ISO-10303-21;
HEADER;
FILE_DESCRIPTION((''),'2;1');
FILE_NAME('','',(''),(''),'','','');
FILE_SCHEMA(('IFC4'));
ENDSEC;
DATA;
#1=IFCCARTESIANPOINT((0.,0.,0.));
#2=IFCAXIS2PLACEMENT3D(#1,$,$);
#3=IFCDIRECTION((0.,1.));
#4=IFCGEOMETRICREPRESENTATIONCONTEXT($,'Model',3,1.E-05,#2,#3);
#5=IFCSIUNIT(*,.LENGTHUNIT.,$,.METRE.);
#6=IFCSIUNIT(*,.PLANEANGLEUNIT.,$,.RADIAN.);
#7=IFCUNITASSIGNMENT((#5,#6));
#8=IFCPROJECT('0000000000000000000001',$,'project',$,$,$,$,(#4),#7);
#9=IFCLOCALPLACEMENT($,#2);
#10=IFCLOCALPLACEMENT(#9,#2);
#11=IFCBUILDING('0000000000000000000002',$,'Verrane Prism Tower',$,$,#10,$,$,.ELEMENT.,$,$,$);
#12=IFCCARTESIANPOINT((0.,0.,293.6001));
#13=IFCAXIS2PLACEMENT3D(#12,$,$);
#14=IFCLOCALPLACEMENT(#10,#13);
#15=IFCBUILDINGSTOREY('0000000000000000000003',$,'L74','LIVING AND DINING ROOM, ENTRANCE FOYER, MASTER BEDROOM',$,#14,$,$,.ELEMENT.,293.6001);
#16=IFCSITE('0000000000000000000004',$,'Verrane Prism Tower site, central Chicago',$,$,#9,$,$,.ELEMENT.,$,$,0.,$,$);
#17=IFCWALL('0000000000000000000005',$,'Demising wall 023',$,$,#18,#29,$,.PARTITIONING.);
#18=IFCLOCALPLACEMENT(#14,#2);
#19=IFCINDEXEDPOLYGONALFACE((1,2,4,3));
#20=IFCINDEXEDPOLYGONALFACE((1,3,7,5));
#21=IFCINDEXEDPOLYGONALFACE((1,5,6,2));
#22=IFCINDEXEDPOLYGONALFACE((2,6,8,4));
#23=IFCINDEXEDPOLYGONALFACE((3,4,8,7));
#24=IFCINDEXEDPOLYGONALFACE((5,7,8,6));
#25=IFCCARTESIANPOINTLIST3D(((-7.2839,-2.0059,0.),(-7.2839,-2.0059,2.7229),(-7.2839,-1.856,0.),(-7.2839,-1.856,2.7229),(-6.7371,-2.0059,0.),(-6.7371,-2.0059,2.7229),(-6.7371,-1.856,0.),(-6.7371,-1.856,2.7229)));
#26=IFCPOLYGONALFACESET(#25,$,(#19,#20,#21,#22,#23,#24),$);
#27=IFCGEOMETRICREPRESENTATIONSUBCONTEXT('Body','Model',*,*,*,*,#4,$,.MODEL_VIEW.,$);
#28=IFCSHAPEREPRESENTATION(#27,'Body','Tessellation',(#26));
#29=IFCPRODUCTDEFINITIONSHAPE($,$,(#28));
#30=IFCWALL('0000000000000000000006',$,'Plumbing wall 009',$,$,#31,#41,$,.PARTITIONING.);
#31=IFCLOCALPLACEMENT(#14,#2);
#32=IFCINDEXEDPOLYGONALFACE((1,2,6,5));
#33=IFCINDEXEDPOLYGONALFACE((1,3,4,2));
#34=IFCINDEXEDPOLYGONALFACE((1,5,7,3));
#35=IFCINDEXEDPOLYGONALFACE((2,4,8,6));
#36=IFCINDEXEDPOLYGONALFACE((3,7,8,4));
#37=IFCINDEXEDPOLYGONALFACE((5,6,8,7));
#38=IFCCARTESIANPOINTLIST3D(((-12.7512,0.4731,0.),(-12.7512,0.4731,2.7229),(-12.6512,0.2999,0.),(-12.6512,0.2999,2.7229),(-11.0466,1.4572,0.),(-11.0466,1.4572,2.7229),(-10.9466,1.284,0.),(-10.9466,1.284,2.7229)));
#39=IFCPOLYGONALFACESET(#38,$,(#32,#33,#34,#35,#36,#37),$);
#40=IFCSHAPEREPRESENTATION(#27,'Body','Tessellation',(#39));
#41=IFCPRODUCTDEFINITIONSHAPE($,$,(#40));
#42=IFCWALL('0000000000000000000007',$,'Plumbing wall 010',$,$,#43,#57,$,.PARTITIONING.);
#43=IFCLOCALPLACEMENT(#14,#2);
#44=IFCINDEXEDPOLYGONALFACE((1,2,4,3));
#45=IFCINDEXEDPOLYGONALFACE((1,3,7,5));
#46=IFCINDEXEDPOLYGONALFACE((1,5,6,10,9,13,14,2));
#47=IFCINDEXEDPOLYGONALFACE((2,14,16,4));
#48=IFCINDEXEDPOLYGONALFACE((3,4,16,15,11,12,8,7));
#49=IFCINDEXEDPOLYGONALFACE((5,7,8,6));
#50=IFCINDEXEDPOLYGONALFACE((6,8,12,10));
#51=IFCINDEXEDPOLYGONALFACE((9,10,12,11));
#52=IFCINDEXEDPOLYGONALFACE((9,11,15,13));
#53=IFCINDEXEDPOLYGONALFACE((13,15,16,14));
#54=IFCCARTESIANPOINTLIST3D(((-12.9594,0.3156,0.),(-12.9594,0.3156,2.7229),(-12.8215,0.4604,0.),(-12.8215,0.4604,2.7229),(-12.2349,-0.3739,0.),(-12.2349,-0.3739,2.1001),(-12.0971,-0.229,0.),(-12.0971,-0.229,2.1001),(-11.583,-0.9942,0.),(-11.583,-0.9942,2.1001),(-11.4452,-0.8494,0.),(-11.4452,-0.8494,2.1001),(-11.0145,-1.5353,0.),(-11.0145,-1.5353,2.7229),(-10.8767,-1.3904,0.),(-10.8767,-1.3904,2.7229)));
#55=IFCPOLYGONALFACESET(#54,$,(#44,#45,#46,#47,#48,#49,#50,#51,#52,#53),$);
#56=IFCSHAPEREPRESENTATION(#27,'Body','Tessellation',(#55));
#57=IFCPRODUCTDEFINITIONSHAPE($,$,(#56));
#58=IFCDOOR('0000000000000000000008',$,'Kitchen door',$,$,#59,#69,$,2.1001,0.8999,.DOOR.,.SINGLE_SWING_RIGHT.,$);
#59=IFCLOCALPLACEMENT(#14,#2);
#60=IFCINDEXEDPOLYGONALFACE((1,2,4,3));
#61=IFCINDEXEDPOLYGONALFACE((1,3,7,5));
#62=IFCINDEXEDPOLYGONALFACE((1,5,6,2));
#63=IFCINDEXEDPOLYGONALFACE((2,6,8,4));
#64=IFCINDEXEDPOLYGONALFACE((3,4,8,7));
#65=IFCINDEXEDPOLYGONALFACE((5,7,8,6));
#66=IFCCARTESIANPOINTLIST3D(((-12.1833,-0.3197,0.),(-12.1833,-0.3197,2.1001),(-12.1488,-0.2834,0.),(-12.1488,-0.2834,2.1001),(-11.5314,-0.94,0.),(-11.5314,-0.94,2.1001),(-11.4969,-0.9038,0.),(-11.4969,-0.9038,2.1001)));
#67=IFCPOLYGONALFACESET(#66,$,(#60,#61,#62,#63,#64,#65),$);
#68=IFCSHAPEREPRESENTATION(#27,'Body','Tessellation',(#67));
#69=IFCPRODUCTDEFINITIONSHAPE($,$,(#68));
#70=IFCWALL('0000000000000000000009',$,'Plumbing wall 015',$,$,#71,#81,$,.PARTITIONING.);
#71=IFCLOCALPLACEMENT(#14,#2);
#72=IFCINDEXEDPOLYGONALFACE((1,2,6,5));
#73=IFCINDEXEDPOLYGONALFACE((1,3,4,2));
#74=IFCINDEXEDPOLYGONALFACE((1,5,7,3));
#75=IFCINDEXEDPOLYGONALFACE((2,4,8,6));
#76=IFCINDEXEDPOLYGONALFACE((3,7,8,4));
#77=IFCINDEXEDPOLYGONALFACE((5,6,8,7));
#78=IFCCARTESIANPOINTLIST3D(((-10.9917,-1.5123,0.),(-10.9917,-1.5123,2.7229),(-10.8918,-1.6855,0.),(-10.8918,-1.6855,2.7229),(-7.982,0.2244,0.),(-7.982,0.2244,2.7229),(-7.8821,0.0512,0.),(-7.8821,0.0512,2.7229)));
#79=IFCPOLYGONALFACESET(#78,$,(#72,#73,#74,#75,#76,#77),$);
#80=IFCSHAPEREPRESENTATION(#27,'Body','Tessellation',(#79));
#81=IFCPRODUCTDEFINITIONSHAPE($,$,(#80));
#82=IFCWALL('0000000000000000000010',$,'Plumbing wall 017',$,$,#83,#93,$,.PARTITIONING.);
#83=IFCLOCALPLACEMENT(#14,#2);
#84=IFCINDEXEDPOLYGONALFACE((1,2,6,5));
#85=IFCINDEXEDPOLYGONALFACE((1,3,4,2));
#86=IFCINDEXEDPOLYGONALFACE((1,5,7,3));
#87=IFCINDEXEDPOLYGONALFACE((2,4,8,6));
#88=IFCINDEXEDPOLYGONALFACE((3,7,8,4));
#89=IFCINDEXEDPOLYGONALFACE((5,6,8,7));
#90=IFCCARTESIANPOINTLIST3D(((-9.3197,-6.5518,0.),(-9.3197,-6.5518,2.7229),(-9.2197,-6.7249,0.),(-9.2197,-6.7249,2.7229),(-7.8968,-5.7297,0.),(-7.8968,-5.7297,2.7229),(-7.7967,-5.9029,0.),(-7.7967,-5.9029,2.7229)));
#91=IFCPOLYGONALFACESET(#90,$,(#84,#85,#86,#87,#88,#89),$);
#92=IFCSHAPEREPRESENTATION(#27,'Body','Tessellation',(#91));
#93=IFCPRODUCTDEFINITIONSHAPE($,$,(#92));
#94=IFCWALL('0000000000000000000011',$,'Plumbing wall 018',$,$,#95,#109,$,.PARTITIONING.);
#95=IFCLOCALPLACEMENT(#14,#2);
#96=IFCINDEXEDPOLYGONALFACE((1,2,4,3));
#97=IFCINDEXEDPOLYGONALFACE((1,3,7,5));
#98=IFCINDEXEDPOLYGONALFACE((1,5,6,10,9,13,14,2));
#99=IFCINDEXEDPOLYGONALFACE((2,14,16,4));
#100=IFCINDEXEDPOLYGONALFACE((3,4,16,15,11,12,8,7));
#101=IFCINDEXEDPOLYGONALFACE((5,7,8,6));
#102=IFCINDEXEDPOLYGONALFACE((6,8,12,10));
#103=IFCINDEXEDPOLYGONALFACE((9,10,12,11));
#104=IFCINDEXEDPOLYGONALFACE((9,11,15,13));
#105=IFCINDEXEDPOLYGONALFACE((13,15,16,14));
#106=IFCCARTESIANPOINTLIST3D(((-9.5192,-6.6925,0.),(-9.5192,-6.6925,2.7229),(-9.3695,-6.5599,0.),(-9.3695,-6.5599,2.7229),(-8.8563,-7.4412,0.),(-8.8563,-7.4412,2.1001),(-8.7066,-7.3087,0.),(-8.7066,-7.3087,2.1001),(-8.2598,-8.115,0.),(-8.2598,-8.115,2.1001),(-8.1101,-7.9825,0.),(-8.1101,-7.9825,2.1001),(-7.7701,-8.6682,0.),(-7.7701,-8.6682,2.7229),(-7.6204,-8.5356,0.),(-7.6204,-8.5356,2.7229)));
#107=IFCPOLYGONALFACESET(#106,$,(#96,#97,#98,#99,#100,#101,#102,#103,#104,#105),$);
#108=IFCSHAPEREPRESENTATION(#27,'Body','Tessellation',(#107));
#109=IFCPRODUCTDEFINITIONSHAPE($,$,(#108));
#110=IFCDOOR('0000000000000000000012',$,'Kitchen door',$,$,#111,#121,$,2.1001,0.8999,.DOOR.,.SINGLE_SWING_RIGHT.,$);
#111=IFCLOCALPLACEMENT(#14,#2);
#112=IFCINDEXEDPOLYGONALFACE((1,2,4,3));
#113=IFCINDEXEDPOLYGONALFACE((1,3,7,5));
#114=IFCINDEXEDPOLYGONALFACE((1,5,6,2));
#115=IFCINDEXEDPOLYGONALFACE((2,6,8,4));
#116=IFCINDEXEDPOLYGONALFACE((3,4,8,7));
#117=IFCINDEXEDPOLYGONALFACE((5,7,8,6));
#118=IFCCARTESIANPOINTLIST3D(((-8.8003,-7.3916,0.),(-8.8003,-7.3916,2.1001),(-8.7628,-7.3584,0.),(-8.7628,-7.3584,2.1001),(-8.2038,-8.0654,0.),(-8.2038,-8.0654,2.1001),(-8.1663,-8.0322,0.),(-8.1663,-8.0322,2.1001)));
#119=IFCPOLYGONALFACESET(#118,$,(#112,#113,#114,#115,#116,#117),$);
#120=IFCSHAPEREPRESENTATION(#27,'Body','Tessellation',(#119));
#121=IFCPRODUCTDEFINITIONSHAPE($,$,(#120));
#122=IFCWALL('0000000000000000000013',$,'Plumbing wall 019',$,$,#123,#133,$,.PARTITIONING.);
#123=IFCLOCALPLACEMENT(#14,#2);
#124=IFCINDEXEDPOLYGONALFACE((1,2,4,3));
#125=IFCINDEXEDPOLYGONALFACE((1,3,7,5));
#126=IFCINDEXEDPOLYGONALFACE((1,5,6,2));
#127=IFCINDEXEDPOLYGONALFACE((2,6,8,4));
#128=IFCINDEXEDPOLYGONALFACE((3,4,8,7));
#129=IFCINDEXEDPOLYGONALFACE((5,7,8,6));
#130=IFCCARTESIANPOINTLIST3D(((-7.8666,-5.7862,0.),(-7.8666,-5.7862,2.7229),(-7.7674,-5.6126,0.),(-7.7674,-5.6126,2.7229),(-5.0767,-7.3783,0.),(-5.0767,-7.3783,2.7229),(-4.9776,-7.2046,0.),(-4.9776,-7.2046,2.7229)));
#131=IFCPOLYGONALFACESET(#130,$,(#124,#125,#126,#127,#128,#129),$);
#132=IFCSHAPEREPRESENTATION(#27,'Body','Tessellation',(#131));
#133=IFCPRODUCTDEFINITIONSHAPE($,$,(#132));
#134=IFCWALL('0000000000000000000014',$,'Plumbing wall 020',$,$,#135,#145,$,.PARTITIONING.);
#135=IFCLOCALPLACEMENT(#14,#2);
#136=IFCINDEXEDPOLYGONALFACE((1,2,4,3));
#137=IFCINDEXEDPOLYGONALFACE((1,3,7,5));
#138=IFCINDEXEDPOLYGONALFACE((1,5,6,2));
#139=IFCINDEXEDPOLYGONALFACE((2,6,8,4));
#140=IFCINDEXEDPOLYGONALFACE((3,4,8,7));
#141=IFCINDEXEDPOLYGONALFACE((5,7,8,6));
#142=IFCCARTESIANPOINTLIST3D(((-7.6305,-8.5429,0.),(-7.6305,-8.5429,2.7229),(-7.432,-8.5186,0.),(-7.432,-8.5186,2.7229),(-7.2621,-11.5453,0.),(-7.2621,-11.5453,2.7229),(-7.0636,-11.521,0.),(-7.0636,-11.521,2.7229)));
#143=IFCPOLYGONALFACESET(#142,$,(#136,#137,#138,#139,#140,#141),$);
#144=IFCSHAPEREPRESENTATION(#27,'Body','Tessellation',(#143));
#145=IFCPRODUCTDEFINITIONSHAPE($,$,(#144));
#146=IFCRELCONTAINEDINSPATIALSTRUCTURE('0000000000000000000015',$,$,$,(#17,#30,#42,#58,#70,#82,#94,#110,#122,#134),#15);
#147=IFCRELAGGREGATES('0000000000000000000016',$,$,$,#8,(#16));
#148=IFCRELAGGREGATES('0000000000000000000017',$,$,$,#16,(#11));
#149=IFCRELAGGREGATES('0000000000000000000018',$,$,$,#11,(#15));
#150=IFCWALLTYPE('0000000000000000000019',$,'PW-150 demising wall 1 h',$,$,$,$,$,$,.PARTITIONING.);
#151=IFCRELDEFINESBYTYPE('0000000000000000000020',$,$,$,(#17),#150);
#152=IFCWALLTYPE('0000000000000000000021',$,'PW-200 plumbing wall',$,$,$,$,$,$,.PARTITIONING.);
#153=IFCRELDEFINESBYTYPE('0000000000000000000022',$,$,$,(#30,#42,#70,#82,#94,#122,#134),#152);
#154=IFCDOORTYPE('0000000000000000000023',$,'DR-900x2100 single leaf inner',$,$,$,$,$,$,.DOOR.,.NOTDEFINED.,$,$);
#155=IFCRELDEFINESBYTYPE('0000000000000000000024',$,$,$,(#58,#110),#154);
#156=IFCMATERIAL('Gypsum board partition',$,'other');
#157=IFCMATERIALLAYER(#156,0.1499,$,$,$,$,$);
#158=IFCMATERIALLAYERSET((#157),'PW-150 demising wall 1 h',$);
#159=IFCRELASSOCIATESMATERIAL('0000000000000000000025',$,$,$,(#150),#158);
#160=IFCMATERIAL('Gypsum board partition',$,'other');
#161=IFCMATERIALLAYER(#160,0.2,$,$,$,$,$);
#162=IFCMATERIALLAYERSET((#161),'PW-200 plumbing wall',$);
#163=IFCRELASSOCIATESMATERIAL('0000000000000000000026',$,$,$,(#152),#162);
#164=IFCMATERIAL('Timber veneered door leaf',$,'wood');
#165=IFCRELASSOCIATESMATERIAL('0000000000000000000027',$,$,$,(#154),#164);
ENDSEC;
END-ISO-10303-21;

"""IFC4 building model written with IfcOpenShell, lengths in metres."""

from ifc_helpers import new_model, si_unit, direction, frame, frame_2d, origin, place, context, subcontext, project, spatial, rectangle, extrude, material, layer, layer_set, type_object, element, fill, save


model = new_model("IFC4")

# Units and contexts
model_context = context("Model", 3, precision=1e-05, world=origin(), true_north=direction((0.0, 1.0)))
body_context = subcontext(model_context, "Body", "Model", "MODEL_VIEW")
ifc_project = project(units=[si_unit("LENGTHUNIT", "METRE"), si_unit("PLANEANGLEUNIT", "RADIAN")], contexts=[model_context])

# Site, building, storey
site_placement = place(None, origin())
site = spatial("IfcSite", under=ifc_project, at=site_placement, Name="Verrane Prism Tower site, central Chicago", CompositionType="ELEMENT", RefElevation=0.0)
building_placement = place(site_placement, origin())
building = spatial("IfcBuilding", under=site, at=building_placement, Name="Verrane Prism Tower", CompositionType="ELEMENT")
storey_placement = place(building_placement, frame((0.0, 0.0, 293.6001)))
storey = spatial("IfcBuildingStorey", under=building, at=storey_placement, Name="L74", Description="LIVING AND DINING ROOM, ENTRANCE FOYER, MASTER BEDROOM", CompositionType="ELEMENT", Elevation=293.6001)

# Shared definitions
ifc_material_1 = material(Name="Gypsum board partition", Category="other")
ifc_layer_1 = layer(ifc_material_1, 0.1499)
ifc_layer_set_1 = layer_set([ifc_layer_1], Name="PW-150 demising wall 1 h")
wall_type_1 = type_object("IfcWallType", Name="PW-150 demising wall 1 h", PredefinedType="PARTITIONING", material=ifc_layer_set_1)

# Walls
wall_1_placement = place(storey_placement, frame((-7.2839, -1.9309, 0.0), z_axis=(0.0, 0.0, 1.0), x_axis=(1.0, 0.0, 0.0)))
element("IfcWall", 1, at=wall_1_placement, inside=storey, type_object=wall_type_1, Name="Demising wall 023", PredefinedType="PARTITIONING", context=body_context, shape_type="SweptSolid", body=[
    extrude(rectangle(XDim=0.5469, YDim=0.1499, at=frame_2d((0.2734, 0.0))), origin(), (0.0, 0.0, 1.0), 2.7229),
])
ifc_material_2 = material(Name="Gypsum board partition", Category="other")
ifc_layer_2 = layer(ifc_material_2, 0.2)
ifc_layer_set_2 = layer_set([ifc_layer_2], Name="PW-200 plumbing wall")
wall_type_2 = type_object("IfcWallType", Name="PW-200 plumbing wall", PredefinedType="PARTITIONING", material=ifc_layer_set_2)
wall_2_placement = place(storey_placement, frame((-12.7012, 0.3865, 0.0), z_axis=(0.0, 0.0, 1.0), x_axis=(0.866029, 0.499994, 0.0)))
element("IfcWall", 2, at=wall_2_placement, inside=storey, type_object=wall_type_2, Name="Plumbing wall 009", PredefinedType="PARTITIONING", context=body_context, shape_type="SweptSolid", body=[
    extrude(rectangle(XDim=1.9683, YDim=0.2, at=frame_2d((0.9841, 0.0))), origin(), (0.0, 0.0, 1.0), 2.7229),
])

# Wall, opening, door
wall_3_placement = place(storey_placement, frame((-12.8904, 0.3879, 0.0), z_axis=(0.0, 0.0, 1.0), x_axis=(0.724395, -0.689385, 0.0)))
wall_3 = element("IfcWall", 3, at=wall_3_placement, inside=storey, type_object=wall_type_2, Name="Plumbing wall 010", PredefinedType="PARTITIONING", context=body_context, shape_type="SweptSolid", body=[
    extrude(rectangle(XDim=2.6848, YDim=0.2, at=frame_2d((1.3423, 0.0))), origin(), (0.0, 0.0, 1.0), 2.7229),
])
opening_1_placement = place(wall_3_placement, frame((1.0, 0.0, 0.0)))
opening_1 = element("IfcOpeningElement", 4, at=opening_1_placement, cuts=wall_3, PredefinedType="OPENING", context=body_context, shape_type="SweptSolid", body=[
    extrude(rectangle(XDim=0.8999, YDim=2.1001, at=frame_2d((0.45, 1.05))), frame((0.0, 0.1099, 0.0), z_axis=(0.0, -1.0, 0.0), x_axis=(1.0, 0.0, 0.0)), (0.0, 0.0, 1.0), 0.22),
])
ifc_material_3 = material(Name="Timber veneered door leaf", Category="wood")
door_type_1 = type_object("IfcDoorType", Name="DR-900x2100 single leaf inner", OperationType="NOTDEFINED", PredefinedType="DOOR", material=ifc_material_3)
door_1_placement = place(opening_1_placement, origin())
door_1 = element("IfcDoor", 5, at=door_1_placement, inside=storey, type_object=door_type_1, Name="Kitchen door", OperationType="SINGLE_SWING_RIGHT", OverallHeight=2.1001, OverallWidth=0.8999, PredefinedType="DOOR", context=body_context, shape_type="SweptSolid", body=[
    extrude(rectangle(XDim=0.8999, YDim=2.1001, at=frame_2d((0.45, 1.05))), frame((0.0, 0.0249, 0.0), z_axis=(0.0, -1.0, 0.0), x_axis=(1.0, 0.0, 0.0)), (0.0, 0.0, 1.0), 0.05),
])
fill(opening_1, door_1)

# Walls
wall_4_placement = place(storey_placement, frame((-10.9417, -1.5989, 0.0), z_axis=(0.0, 0.0, 1.0), x_axis=(0.866134, 0.499812, 0.0)))
element("IfcWall", 6, at=wall_4_placement, inside=storey, type_object=wall_type_2, Name="Plumbing wall 015", PredefinedType="PARTITIONING", context=body_context, shape_type="SweptSolid", body=[
    extrude(rectangle(XDim=3.4749, YDim=0.2, at=frame_2d((1.7373, 0.0))), origin(), (0.0, 0.0, 1.0), 2.7229),
])
wall_5_placement = place(storey_placement, frame((-9.2698, -6.6384, 0.0), z_axis=(0.0, 0.0, 1.0), x_axis=(0.865884, 0.500245, 0.0)))
element("IfcWall", 7, at=wall_5_placement, inside=storey, type_object=wall_type_2, Name="Plumbing wall 017", PredefinedType="PARTITIONING", context=body_context, shape_type="SweptSolid", body=[
    extrude(rectangle(XDim=1.6433, YDim=0.2, at=frame_2d((0.8218, 0.0))), origin(), (0.0, 0.0, 1.0), 2.7229),
])

# Wall, opening, door
wall_6_placement = place(storey_placement, frame((-9.4443, -6.6262, 0.0), z_axis=(0.0, 0.0, 1.0), x_axis=(0.662869, -0.748735, 0.0)))
wall_6 = element("IfcWall", 8, at=wall_6_placement, inside=storey, type_object=wall_type_2, Name="Plumbing wall 018", PredefinedType="PARTITIONING", context=body_context, shape_type="SweptSolid", body=[
    extrude(rectangle(XDim=2.6387, YDim=0.2, at=frame_2d((1.3193, 0.0))), origin(), (0.0, 0.0, 1.0), 2.7229),
])
opening_2_placement = place(wall_6_placement, frame((1.0, 0.0, 0.0)))
opening_2 = element("IfcOpeningElement", 9, at=opening_2_placement, cuts=wall_6, PredefinedType="OPENING", context=body_context, shape_type="SweptSolid", body=[
    extrude(rectangle(XDim=0.8999, YDim=2.1001, at=frame_2d((0.45, 1.05))), frame((0.0, 0.1099, 0.0), z_axis=(0.0, -1.0, 0.0), x_axis=(1.0, 0.0, 0.0)), (0.0, 0.0, 1.0), 0.22),
])
door_2_placement = place(opening_2_placement, origin())
door_2 = element("IfcDoor", 10, at=door_2_placement, inside=storey, type_object=door_type_1, Name="Kitchen door", OperationType="SINGLE_SWING_RIGHT", OverallHeight=2.1001, OverallWidth=0.8999, PredefinedType="DOOR", context=body_context, shape_type="SweptSolid", body=[
    extrude(rectangle(XDim=0.8999, YDim=2.1001, at=frame_2d((0.45, 1.05))), frame((0.0, 0.0249, 0.0), z_axis=(0.0, -1.0, 0.0), x_axis=(1.0, 0.0, 0.0)), (0.0, 0.0, 1.0), 0.05),
])
fill(opening_2, door_2)

# Walls
wall_7_placement = place(storey_placement, frame((-7.8169, -5.6995, 0.0), z_axis=(0.0, 0.0, 1.0), x_axis=(0.868528, -0.49564, 0.0)))
element("IfcWall", 11, at=wall_7_placement, inside=storey, type_object=wall_type_2, Name="Plumbing wall 019", PredefinedType="PARTITIONING", context=body_context, shape_type="SweptSolid", body=[
    extrude(rectangle(XDim=3.2122, YDim=0.2, at=frame_2d((1.606, 0.0))), origin(), (0.0, 0.0, 1.0), 2.7229),
])
wall_8_placement = place(storey_placement, frame((-7.5312, -8.5308, 0.0), z_axis=(0.0, 0.0, 1.0), x_axis=(0.121789, -0.992556, 0.0)))
element("IfcWall", 12, at=wall_8_placement, inside=storey, type_object=wall_type_2, Name="Plumbing wall 020", PredefinedType="PARTITIONING", context=body_context, shape_type="SweptSolid", body=[
    extrude(rectangle(XDim=3.0249, YDim=0.2, at=frame_2d((1.5125, 0.0))), origin(), (0.0, 0.0, 1.0), 2.7229),
])

save(model, "model.ifc")
